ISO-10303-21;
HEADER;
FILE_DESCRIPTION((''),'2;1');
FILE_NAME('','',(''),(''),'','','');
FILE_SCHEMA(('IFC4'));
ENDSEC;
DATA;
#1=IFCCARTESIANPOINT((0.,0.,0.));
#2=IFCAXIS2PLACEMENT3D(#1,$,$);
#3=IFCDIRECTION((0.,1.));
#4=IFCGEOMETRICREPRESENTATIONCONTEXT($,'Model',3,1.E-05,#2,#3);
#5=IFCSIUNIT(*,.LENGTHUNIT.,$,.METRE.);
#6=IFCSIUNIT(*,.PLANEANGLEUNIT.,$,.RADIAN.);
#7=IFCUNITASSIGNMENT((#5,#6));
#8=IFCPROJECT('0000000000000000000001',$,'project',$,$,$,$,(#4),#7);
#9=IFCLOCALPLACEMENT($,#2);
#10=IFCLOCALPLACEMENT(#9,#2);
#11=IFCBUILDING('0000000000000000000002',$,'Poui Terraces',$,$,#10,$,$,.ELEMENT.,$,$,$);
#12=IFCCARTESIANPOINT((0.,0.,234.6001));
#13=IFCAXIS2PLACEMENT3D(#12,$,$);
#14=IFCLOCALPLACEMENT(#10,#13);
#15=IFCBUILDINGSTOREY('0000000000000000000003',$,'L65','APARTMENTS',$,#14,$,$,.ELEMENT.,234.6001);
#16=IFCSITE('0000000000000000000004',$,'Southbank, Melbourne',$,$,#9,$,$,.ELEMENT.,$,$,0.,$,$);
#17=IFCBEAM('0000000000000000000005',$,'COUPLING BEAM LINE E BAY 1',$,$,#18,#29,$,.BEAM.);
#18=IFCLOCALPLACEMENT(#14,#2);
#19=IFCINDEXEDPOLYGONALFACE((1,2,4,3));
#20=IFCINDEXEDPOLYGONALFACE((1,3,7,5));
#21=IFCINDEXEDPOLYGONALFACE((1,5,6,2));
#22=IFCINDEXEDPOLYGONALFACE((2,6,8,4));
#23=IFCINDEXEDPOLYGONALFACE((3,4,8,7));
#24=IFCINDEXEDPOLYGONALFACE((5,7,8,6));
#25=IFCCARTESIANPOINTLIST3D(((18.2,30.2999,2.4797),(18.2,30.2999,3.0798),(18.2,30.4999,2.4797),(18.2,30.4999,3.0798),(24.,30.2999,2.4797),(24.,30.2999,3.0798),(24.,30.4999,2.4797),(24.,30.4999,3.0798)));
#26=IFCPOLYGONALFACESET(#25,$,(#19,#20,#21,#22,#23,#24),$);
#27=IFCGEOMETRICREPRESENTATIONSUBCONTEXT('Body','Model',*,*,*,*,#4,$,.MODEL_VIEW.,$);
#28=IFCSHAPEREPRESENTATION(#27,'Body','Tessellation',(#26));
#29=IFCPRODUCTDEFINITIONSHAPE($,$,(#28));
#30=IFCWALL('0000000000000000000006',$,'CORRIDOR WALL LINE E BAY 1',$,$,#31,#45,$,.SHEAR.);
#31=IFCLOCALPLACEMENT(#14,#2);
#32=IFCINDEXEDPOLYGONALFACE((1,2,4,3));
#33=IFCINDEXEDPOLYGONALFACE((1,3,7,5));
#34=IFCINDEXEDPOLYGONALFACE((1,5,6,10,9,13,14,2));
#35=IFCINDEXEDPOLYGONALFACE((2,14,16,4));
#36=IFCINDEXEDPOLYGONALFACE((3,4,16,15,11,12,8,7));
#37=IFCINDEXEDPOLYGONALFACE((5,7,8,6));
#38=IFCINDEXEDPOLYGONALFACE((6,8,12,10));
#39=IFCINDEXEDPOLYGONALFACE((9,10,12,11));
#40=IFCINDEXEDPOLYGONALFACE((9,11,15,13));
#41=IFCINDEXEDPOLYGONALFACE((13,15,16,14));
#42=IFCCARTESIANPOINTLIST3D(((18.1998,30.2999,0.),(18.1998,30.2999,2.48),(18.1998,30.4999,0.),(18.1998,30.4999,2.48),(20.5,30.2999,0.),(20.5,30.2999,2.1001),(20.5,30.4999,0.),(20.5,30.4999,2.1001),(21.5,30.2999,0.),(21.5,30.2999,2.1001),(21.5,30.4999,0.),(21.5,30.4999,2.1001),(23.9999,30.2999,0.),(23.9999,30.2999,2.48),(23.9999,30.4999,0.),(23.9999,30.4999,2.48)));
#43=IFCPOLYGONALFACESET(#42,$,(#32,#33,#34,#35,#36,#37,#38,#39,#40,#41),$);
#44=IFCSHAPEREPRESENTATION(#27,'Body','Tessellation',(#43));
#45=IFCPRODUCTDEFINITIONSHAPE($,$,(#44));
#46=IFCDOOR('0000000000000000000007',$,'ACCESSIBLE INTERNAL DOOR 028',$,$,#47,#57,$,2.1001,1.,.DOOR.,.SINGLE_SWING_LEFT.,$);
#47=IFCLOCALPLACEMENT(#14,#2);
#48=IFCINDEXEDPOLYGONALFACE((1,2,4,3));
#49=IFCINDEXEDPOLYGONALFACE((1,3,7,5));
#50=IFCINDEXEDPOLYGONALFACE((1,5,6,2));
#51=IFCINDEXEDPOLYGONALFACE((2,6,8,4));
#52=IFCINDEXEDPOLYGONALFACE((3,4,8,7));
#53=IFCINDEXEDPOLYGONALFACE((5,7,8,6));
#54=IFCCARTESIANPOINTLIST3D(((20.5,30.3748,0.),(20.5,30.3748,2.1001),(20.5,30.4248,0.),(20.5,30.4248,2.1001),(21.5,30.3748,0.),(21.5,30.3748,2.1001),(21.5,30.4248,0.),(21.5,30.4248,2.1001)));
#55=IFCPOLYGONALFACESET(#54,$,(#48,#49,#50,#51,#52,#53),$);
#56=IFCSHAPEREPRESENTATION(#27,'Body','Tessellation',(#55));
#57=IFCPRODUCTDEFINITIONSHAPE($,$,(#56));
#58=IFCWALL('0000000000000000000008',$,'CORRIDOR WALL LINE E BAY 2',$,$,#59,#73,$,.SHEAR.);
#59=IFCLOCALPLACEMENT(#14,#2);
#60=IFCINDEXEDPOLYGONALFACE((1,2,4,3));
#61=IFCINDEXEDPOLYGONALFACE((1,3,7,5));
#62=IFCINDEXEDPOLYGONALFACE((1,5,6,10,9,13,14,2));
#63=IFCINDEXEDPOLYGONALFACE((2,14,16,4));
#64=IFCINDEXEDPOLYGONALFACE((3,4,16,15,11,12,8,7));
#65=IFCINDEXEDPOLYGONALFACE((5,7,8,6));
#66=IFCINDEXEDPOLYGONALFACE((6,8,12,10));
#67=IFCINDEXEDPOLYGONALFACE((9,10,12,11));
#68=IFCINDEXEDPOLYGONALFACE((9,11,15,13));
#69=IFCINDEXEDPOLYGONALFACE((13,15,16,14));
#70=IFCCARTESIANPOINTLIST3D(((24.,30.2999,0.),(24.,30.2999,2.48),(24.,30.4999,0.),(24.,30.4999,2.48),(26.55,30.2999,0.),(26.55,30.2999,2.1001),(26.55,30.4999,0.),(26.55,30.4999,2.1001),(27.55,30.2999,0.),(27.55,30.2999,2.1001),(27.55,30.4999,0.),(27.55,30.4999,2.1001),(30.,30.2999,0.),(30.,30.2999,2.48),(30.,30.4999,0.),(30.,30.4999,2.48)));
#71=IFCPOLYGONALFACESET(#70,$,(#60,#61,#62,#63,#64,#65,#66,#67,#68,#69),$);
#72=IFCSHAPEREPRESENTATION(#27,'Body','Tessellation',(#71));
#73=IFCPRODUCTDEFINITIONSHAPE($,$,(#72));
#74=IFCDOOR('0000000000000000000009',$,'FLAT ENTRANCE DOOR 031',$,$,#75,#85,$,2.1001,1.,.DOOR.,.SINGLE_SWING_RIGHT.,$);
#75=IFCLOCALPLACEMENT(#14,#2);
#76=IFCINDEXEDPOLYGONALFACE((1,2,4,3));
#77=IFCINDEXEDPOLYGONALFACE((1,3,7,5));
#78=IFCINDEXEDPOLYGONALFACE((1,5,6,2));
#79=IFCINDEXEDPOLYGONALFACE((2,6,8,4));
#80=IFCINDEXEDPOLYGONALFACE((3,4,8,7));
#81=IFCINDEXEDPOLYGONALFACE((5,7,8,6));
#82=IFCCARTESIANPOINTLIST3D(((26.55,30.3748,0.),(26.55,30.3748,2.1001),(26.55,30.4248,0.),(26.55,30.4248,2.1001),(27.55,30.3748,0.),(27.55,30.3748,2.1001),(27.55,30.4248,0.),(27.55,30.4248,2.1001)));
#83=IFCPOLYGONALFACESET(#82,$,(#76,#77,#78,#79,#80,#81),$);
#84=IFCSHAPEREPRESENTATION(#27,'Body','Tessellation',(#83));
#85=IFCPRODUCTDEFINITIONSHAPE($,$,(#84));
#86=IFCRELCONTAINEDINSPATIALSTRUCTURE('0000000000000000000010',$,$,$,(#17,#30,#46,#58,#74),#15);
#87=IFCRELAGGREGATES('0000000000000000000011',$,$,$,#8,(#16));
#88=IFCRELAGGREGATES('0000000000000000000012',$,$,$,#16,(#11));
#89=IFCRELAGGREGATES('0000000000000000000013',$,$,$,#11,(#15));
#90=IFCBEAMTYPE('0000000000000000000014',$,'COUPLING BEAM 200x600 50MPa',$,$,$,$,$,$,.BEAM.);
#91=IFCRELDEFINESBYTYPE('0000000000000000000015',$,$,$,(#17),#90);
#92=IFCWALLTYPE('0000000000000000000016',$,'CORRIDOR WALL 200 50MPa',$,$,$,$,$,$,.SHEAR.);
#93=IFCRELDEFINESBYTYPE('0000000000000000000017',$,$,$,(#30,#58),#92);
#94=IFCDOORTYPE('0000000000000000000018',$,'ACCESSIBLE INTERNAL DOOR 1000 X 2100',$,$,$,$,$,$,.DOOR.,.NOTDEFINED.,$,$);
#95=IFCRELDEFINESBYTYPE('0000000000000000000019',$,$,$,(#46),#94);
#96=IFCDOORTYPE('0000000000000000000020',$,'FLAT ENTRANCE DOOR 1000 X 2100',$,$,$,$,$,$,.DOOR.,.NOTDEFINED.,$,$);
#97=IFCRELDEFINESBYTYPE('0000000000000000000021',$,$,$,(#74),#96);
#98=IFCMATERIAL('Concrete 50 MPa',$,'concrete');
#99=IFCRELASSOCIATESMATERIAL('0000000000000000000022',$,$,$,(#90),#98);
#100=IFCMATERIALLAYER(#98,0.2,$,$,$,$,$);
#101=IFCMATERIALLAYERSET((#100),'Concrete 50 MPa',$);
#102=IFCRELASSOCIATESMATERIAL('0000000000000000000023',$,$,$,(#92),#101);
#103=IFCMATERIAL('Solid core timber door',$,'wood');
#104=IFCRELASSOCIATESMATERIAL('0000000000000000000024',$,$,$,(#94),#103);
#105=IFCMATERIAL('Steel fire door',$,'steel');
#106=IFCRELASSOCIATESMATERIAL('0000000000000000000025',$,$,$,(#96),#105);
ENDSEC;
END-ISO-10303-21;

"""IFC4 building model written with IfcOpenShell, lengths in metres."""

from ifc_helpers import new_model, si_unit, direction, frame, frame_2d, origin, origin_2d, place, context, subcontext, project, spatial, rectangle, extrude, source, transform, mapped, material, layer, layer_set, material_profile, profile_set, type_object, element, fill, save


model = new_model("IFC4")

# Units and contexts
model_context = context("Model", 3, precision=1e-05, world=origin(), true_north=direction((0.0, 1.0)))
body_context = subcontext(model_context, "Body", "Model", "MODEL_VIEW")
ifc_project = project(units=[si_unit("LENGTHUNIT", "METRE"), si_unit("PLANEANGLEUNIT", "RADIAN")], contexts=[model_context])

# Site, building, storey
site_placement = place(None, origin())
site = spatial("IfcSite", under=ifc_project, at=site_placement, Name="Southbank, Melbourne", CompositionType="ELEMENT", RefElevation=0.0)
building_placement = place(site_placement, origin())
building = spatial("IfcBuilding", under=site, at=building_placement, Name="Poui Terraces", CompositionType="ELEMENT")
storey_placement = place(building_placement, frame((0.0, 0.0, 234.6001)))
storey = spatial("IfcBuildingStorey", under=building, at=storey_placement, Name="L65", Description="APARTMENTS", CompositionType="ELEMENT", Elevation=234.6001)

# Beam
ifc_material_1 = material(Name="Concrete 50 MPa", Category="concrete")
ifc_material_profile = material_profile(ifc_material_1, rectangle(XDim=0.2, YDim=0.6001, at=origin_2d()), Name="RC 200x600")
ifc_profile_set = profile_set([ifc_material_profile], Name="Concrete 50 MPa")
beam_type = type_object("IfcBeamType", Name="COUPLING BEAM 200x600 50MPa", PredefinedType="BEAM", material=ifc_profile_set)
shared_shape = source(origin(), body_context, "Body", "SweptSolid", [
    extrude(rectangle(XDim=0.2, YDim=0.6001, at=origin_2d()), origin(), (0.0, 0.0, 1.0), 5.8),
])
beam_placement = place(storey_placement, frame((18.2, 30.3999, 2.7798), z_axis=(1.0, 0.0, 0.0), x_axis=(0.0, 1.0, 0.0)))
element("IfcBeam", 1, at=beam_placement, inside=storey, type_object=beam_type, Name="COUPLING BEAM LINE E BAY 1", PredefinedType="BEAM", context=body_context, shape_type="MappedRepresentation", body=[
    mapped(shared_shape, transform((0.0, 0.0, 0.0))),
])

# Walls, openings, doors
ifc_layer = layer(ifc_material_1, 0.2)
ifc_layer_set = layer_set([ifc_layer], Name="Concrete 50 MPa")
wall_type = type_object("IfcWallType", Name="CORRIDOR WALL 200 50MPa", PredefinedType="SHEAR", material=ifc_layer_set)
wall_1_placement = place(storey_placement, frame((18.2, 30.3999, 0.0), z_axis=(0.0, 0.0, 1.0), x_axis=(1.0, 0.0, 0.0)))
wall_1 = element("IfcWall", 2, at=wall_1_placement, inside=storey, type_object=wall_type, Name="CORRIDOR WALL LINE E BAY 1", PredefinedType="SHEAR", context=body_context, shape_type="SweptSolid", body=[
    extrude(rectangle(XDim=5.8, YDim=0.2, at=frame_2d((2.8999, 0.0))), origin(), (0.0, 0.0, 1.0), 2.48),
])
opening_1_placement = place(wall_1_placement, frame((2.3, 0.0, 0.0)))
opening_1 = element("IfcOpeningElement", 3, at=opening_1_placement, cuts=wall_1, PredefinedType="OPENING", context=body_context, shape_type="SweptSolid", body=[
    extrude(rectangle(XDim=1.0, YDim=2.1001, at=frame_2d((0.5, 1.05))), frame((0.0, 0.1099, 0.0), z_axis=(0.0, -1.0, 0.0), x_axis=(1.0, 0.0, 0.0)), (0.0, 0.0, 1.0), 0.22),
])
ifc_material_2 = material(Name="Solid core timber door", Category="wood")
door_type_1 = type_object("IfcDoorType", Name="ACCESSIBLE INTERNAL DOOR 1000 X 2100", OperationType="NOTDEFINED", PredefinedType="DOOR", material=ifc_material_2)
door_1_placement = place(opening_1_placement, origin())
door_1 = element("IfcDoor", 4, at=door_1_placement, inside=storey, type_object=door_type_1, Name="ACCESSIBLE INTERNAL DOOR 028", OperationType="SINGLE_SWING_LEFT", OverallHeight=2.1001, OverallWidth=1.0, PredefinedType="DOOR", context=body_context, shape_type="SweptSolid", body=[
    extrude(rectangle(XDim=1.0, YDim=2.1001, at=frame_2d((0.5, 1.05))), frame((0.0, 0.0249, 0.0), z_axis=(0.0, -1.0, 0.0), x_axis=(1.0, 0.0, 0.0)), (0.0, 0.0, 1.0), 0.05),
])
fill(opening_1, door_1)
wall_2_placement = place(storey_placement, frame((24.0, 30.3999, 0.0), z_axis=(0.0, 0.0, 1.0), x_axis=(1.0, 0.0, 0.0)))
wall_2 = element("IfcWall", 5, at=wall_2_placement, inside=storey, type_object=wall_type, Name="CORRIDOR WALL LINE E BAY 2", PredefinedType="SHEAR", context=body_context, shape_type="SweptSolid", body=[
    extrude(rectangle(XDim=6.0, YDim=0.2, at=frame_2d((3.0, 0.0))), origin(), (0.0, 0.0, 1.0), 2.48),
])
opening_2_placement = place(wall_2_placement, frame((2.55, 0.0, 0.0)))
opening_2 = element("IfcOpeningElement", 6, at=opening_2_placement, cuts=wall_2, PredefinedType="OPENING", context=body_context, shape_type="SweptSolid", body=[
    extrude(rectangle(XDim=1.0, YDim=2.1001, at=frame_2d((0.5, 1.05))), frame((0.0, 0.1099, 0.0), z_axis=(0.0, -1.0, 0.0), x_axis=(1.0, 0.0, 0.0)), (0.0, 0.0, 1.0), 0.22),
])
ifc_material_3 = material(Name="Steel fire door", Category="steel")
door_type_2 = type_object("IfcDoorType", Name="FLAT ENTRANCE DOOR 1000 X 2100", OperationType="NOTDEFINED", PredefinedType="DOOR", material=ifc_material_3)
door_2_placement = place(opening_2_placement, origin())
door_2 = element("IfcDoor", 7, at=door_2_placement, inside=storey, type_object=door_type_2, Name="FLAT ENTRANCE DOOR 031", OperationType="SINGLE_SWING_RIGHT", OverallHeight=2.1001, OverallWidth=1.0, PredefinedType="DOOR", context=body_context, shape_type="SweptSolid", body=[
    extrude(rectangle(XDim=1.0, YDim=2.1001, at=frame_2d((0.5, 1.05))), frame((0.0, 0.0249, 0.0), z_axis=(0.0, -1.0, 0.0), x_axis=(1.0, 0.0, 0.0)), (0.0, 0.0, 1.0), 0.05),
])
fill(opening_2, door_2)

save(model, "model.ifc")
